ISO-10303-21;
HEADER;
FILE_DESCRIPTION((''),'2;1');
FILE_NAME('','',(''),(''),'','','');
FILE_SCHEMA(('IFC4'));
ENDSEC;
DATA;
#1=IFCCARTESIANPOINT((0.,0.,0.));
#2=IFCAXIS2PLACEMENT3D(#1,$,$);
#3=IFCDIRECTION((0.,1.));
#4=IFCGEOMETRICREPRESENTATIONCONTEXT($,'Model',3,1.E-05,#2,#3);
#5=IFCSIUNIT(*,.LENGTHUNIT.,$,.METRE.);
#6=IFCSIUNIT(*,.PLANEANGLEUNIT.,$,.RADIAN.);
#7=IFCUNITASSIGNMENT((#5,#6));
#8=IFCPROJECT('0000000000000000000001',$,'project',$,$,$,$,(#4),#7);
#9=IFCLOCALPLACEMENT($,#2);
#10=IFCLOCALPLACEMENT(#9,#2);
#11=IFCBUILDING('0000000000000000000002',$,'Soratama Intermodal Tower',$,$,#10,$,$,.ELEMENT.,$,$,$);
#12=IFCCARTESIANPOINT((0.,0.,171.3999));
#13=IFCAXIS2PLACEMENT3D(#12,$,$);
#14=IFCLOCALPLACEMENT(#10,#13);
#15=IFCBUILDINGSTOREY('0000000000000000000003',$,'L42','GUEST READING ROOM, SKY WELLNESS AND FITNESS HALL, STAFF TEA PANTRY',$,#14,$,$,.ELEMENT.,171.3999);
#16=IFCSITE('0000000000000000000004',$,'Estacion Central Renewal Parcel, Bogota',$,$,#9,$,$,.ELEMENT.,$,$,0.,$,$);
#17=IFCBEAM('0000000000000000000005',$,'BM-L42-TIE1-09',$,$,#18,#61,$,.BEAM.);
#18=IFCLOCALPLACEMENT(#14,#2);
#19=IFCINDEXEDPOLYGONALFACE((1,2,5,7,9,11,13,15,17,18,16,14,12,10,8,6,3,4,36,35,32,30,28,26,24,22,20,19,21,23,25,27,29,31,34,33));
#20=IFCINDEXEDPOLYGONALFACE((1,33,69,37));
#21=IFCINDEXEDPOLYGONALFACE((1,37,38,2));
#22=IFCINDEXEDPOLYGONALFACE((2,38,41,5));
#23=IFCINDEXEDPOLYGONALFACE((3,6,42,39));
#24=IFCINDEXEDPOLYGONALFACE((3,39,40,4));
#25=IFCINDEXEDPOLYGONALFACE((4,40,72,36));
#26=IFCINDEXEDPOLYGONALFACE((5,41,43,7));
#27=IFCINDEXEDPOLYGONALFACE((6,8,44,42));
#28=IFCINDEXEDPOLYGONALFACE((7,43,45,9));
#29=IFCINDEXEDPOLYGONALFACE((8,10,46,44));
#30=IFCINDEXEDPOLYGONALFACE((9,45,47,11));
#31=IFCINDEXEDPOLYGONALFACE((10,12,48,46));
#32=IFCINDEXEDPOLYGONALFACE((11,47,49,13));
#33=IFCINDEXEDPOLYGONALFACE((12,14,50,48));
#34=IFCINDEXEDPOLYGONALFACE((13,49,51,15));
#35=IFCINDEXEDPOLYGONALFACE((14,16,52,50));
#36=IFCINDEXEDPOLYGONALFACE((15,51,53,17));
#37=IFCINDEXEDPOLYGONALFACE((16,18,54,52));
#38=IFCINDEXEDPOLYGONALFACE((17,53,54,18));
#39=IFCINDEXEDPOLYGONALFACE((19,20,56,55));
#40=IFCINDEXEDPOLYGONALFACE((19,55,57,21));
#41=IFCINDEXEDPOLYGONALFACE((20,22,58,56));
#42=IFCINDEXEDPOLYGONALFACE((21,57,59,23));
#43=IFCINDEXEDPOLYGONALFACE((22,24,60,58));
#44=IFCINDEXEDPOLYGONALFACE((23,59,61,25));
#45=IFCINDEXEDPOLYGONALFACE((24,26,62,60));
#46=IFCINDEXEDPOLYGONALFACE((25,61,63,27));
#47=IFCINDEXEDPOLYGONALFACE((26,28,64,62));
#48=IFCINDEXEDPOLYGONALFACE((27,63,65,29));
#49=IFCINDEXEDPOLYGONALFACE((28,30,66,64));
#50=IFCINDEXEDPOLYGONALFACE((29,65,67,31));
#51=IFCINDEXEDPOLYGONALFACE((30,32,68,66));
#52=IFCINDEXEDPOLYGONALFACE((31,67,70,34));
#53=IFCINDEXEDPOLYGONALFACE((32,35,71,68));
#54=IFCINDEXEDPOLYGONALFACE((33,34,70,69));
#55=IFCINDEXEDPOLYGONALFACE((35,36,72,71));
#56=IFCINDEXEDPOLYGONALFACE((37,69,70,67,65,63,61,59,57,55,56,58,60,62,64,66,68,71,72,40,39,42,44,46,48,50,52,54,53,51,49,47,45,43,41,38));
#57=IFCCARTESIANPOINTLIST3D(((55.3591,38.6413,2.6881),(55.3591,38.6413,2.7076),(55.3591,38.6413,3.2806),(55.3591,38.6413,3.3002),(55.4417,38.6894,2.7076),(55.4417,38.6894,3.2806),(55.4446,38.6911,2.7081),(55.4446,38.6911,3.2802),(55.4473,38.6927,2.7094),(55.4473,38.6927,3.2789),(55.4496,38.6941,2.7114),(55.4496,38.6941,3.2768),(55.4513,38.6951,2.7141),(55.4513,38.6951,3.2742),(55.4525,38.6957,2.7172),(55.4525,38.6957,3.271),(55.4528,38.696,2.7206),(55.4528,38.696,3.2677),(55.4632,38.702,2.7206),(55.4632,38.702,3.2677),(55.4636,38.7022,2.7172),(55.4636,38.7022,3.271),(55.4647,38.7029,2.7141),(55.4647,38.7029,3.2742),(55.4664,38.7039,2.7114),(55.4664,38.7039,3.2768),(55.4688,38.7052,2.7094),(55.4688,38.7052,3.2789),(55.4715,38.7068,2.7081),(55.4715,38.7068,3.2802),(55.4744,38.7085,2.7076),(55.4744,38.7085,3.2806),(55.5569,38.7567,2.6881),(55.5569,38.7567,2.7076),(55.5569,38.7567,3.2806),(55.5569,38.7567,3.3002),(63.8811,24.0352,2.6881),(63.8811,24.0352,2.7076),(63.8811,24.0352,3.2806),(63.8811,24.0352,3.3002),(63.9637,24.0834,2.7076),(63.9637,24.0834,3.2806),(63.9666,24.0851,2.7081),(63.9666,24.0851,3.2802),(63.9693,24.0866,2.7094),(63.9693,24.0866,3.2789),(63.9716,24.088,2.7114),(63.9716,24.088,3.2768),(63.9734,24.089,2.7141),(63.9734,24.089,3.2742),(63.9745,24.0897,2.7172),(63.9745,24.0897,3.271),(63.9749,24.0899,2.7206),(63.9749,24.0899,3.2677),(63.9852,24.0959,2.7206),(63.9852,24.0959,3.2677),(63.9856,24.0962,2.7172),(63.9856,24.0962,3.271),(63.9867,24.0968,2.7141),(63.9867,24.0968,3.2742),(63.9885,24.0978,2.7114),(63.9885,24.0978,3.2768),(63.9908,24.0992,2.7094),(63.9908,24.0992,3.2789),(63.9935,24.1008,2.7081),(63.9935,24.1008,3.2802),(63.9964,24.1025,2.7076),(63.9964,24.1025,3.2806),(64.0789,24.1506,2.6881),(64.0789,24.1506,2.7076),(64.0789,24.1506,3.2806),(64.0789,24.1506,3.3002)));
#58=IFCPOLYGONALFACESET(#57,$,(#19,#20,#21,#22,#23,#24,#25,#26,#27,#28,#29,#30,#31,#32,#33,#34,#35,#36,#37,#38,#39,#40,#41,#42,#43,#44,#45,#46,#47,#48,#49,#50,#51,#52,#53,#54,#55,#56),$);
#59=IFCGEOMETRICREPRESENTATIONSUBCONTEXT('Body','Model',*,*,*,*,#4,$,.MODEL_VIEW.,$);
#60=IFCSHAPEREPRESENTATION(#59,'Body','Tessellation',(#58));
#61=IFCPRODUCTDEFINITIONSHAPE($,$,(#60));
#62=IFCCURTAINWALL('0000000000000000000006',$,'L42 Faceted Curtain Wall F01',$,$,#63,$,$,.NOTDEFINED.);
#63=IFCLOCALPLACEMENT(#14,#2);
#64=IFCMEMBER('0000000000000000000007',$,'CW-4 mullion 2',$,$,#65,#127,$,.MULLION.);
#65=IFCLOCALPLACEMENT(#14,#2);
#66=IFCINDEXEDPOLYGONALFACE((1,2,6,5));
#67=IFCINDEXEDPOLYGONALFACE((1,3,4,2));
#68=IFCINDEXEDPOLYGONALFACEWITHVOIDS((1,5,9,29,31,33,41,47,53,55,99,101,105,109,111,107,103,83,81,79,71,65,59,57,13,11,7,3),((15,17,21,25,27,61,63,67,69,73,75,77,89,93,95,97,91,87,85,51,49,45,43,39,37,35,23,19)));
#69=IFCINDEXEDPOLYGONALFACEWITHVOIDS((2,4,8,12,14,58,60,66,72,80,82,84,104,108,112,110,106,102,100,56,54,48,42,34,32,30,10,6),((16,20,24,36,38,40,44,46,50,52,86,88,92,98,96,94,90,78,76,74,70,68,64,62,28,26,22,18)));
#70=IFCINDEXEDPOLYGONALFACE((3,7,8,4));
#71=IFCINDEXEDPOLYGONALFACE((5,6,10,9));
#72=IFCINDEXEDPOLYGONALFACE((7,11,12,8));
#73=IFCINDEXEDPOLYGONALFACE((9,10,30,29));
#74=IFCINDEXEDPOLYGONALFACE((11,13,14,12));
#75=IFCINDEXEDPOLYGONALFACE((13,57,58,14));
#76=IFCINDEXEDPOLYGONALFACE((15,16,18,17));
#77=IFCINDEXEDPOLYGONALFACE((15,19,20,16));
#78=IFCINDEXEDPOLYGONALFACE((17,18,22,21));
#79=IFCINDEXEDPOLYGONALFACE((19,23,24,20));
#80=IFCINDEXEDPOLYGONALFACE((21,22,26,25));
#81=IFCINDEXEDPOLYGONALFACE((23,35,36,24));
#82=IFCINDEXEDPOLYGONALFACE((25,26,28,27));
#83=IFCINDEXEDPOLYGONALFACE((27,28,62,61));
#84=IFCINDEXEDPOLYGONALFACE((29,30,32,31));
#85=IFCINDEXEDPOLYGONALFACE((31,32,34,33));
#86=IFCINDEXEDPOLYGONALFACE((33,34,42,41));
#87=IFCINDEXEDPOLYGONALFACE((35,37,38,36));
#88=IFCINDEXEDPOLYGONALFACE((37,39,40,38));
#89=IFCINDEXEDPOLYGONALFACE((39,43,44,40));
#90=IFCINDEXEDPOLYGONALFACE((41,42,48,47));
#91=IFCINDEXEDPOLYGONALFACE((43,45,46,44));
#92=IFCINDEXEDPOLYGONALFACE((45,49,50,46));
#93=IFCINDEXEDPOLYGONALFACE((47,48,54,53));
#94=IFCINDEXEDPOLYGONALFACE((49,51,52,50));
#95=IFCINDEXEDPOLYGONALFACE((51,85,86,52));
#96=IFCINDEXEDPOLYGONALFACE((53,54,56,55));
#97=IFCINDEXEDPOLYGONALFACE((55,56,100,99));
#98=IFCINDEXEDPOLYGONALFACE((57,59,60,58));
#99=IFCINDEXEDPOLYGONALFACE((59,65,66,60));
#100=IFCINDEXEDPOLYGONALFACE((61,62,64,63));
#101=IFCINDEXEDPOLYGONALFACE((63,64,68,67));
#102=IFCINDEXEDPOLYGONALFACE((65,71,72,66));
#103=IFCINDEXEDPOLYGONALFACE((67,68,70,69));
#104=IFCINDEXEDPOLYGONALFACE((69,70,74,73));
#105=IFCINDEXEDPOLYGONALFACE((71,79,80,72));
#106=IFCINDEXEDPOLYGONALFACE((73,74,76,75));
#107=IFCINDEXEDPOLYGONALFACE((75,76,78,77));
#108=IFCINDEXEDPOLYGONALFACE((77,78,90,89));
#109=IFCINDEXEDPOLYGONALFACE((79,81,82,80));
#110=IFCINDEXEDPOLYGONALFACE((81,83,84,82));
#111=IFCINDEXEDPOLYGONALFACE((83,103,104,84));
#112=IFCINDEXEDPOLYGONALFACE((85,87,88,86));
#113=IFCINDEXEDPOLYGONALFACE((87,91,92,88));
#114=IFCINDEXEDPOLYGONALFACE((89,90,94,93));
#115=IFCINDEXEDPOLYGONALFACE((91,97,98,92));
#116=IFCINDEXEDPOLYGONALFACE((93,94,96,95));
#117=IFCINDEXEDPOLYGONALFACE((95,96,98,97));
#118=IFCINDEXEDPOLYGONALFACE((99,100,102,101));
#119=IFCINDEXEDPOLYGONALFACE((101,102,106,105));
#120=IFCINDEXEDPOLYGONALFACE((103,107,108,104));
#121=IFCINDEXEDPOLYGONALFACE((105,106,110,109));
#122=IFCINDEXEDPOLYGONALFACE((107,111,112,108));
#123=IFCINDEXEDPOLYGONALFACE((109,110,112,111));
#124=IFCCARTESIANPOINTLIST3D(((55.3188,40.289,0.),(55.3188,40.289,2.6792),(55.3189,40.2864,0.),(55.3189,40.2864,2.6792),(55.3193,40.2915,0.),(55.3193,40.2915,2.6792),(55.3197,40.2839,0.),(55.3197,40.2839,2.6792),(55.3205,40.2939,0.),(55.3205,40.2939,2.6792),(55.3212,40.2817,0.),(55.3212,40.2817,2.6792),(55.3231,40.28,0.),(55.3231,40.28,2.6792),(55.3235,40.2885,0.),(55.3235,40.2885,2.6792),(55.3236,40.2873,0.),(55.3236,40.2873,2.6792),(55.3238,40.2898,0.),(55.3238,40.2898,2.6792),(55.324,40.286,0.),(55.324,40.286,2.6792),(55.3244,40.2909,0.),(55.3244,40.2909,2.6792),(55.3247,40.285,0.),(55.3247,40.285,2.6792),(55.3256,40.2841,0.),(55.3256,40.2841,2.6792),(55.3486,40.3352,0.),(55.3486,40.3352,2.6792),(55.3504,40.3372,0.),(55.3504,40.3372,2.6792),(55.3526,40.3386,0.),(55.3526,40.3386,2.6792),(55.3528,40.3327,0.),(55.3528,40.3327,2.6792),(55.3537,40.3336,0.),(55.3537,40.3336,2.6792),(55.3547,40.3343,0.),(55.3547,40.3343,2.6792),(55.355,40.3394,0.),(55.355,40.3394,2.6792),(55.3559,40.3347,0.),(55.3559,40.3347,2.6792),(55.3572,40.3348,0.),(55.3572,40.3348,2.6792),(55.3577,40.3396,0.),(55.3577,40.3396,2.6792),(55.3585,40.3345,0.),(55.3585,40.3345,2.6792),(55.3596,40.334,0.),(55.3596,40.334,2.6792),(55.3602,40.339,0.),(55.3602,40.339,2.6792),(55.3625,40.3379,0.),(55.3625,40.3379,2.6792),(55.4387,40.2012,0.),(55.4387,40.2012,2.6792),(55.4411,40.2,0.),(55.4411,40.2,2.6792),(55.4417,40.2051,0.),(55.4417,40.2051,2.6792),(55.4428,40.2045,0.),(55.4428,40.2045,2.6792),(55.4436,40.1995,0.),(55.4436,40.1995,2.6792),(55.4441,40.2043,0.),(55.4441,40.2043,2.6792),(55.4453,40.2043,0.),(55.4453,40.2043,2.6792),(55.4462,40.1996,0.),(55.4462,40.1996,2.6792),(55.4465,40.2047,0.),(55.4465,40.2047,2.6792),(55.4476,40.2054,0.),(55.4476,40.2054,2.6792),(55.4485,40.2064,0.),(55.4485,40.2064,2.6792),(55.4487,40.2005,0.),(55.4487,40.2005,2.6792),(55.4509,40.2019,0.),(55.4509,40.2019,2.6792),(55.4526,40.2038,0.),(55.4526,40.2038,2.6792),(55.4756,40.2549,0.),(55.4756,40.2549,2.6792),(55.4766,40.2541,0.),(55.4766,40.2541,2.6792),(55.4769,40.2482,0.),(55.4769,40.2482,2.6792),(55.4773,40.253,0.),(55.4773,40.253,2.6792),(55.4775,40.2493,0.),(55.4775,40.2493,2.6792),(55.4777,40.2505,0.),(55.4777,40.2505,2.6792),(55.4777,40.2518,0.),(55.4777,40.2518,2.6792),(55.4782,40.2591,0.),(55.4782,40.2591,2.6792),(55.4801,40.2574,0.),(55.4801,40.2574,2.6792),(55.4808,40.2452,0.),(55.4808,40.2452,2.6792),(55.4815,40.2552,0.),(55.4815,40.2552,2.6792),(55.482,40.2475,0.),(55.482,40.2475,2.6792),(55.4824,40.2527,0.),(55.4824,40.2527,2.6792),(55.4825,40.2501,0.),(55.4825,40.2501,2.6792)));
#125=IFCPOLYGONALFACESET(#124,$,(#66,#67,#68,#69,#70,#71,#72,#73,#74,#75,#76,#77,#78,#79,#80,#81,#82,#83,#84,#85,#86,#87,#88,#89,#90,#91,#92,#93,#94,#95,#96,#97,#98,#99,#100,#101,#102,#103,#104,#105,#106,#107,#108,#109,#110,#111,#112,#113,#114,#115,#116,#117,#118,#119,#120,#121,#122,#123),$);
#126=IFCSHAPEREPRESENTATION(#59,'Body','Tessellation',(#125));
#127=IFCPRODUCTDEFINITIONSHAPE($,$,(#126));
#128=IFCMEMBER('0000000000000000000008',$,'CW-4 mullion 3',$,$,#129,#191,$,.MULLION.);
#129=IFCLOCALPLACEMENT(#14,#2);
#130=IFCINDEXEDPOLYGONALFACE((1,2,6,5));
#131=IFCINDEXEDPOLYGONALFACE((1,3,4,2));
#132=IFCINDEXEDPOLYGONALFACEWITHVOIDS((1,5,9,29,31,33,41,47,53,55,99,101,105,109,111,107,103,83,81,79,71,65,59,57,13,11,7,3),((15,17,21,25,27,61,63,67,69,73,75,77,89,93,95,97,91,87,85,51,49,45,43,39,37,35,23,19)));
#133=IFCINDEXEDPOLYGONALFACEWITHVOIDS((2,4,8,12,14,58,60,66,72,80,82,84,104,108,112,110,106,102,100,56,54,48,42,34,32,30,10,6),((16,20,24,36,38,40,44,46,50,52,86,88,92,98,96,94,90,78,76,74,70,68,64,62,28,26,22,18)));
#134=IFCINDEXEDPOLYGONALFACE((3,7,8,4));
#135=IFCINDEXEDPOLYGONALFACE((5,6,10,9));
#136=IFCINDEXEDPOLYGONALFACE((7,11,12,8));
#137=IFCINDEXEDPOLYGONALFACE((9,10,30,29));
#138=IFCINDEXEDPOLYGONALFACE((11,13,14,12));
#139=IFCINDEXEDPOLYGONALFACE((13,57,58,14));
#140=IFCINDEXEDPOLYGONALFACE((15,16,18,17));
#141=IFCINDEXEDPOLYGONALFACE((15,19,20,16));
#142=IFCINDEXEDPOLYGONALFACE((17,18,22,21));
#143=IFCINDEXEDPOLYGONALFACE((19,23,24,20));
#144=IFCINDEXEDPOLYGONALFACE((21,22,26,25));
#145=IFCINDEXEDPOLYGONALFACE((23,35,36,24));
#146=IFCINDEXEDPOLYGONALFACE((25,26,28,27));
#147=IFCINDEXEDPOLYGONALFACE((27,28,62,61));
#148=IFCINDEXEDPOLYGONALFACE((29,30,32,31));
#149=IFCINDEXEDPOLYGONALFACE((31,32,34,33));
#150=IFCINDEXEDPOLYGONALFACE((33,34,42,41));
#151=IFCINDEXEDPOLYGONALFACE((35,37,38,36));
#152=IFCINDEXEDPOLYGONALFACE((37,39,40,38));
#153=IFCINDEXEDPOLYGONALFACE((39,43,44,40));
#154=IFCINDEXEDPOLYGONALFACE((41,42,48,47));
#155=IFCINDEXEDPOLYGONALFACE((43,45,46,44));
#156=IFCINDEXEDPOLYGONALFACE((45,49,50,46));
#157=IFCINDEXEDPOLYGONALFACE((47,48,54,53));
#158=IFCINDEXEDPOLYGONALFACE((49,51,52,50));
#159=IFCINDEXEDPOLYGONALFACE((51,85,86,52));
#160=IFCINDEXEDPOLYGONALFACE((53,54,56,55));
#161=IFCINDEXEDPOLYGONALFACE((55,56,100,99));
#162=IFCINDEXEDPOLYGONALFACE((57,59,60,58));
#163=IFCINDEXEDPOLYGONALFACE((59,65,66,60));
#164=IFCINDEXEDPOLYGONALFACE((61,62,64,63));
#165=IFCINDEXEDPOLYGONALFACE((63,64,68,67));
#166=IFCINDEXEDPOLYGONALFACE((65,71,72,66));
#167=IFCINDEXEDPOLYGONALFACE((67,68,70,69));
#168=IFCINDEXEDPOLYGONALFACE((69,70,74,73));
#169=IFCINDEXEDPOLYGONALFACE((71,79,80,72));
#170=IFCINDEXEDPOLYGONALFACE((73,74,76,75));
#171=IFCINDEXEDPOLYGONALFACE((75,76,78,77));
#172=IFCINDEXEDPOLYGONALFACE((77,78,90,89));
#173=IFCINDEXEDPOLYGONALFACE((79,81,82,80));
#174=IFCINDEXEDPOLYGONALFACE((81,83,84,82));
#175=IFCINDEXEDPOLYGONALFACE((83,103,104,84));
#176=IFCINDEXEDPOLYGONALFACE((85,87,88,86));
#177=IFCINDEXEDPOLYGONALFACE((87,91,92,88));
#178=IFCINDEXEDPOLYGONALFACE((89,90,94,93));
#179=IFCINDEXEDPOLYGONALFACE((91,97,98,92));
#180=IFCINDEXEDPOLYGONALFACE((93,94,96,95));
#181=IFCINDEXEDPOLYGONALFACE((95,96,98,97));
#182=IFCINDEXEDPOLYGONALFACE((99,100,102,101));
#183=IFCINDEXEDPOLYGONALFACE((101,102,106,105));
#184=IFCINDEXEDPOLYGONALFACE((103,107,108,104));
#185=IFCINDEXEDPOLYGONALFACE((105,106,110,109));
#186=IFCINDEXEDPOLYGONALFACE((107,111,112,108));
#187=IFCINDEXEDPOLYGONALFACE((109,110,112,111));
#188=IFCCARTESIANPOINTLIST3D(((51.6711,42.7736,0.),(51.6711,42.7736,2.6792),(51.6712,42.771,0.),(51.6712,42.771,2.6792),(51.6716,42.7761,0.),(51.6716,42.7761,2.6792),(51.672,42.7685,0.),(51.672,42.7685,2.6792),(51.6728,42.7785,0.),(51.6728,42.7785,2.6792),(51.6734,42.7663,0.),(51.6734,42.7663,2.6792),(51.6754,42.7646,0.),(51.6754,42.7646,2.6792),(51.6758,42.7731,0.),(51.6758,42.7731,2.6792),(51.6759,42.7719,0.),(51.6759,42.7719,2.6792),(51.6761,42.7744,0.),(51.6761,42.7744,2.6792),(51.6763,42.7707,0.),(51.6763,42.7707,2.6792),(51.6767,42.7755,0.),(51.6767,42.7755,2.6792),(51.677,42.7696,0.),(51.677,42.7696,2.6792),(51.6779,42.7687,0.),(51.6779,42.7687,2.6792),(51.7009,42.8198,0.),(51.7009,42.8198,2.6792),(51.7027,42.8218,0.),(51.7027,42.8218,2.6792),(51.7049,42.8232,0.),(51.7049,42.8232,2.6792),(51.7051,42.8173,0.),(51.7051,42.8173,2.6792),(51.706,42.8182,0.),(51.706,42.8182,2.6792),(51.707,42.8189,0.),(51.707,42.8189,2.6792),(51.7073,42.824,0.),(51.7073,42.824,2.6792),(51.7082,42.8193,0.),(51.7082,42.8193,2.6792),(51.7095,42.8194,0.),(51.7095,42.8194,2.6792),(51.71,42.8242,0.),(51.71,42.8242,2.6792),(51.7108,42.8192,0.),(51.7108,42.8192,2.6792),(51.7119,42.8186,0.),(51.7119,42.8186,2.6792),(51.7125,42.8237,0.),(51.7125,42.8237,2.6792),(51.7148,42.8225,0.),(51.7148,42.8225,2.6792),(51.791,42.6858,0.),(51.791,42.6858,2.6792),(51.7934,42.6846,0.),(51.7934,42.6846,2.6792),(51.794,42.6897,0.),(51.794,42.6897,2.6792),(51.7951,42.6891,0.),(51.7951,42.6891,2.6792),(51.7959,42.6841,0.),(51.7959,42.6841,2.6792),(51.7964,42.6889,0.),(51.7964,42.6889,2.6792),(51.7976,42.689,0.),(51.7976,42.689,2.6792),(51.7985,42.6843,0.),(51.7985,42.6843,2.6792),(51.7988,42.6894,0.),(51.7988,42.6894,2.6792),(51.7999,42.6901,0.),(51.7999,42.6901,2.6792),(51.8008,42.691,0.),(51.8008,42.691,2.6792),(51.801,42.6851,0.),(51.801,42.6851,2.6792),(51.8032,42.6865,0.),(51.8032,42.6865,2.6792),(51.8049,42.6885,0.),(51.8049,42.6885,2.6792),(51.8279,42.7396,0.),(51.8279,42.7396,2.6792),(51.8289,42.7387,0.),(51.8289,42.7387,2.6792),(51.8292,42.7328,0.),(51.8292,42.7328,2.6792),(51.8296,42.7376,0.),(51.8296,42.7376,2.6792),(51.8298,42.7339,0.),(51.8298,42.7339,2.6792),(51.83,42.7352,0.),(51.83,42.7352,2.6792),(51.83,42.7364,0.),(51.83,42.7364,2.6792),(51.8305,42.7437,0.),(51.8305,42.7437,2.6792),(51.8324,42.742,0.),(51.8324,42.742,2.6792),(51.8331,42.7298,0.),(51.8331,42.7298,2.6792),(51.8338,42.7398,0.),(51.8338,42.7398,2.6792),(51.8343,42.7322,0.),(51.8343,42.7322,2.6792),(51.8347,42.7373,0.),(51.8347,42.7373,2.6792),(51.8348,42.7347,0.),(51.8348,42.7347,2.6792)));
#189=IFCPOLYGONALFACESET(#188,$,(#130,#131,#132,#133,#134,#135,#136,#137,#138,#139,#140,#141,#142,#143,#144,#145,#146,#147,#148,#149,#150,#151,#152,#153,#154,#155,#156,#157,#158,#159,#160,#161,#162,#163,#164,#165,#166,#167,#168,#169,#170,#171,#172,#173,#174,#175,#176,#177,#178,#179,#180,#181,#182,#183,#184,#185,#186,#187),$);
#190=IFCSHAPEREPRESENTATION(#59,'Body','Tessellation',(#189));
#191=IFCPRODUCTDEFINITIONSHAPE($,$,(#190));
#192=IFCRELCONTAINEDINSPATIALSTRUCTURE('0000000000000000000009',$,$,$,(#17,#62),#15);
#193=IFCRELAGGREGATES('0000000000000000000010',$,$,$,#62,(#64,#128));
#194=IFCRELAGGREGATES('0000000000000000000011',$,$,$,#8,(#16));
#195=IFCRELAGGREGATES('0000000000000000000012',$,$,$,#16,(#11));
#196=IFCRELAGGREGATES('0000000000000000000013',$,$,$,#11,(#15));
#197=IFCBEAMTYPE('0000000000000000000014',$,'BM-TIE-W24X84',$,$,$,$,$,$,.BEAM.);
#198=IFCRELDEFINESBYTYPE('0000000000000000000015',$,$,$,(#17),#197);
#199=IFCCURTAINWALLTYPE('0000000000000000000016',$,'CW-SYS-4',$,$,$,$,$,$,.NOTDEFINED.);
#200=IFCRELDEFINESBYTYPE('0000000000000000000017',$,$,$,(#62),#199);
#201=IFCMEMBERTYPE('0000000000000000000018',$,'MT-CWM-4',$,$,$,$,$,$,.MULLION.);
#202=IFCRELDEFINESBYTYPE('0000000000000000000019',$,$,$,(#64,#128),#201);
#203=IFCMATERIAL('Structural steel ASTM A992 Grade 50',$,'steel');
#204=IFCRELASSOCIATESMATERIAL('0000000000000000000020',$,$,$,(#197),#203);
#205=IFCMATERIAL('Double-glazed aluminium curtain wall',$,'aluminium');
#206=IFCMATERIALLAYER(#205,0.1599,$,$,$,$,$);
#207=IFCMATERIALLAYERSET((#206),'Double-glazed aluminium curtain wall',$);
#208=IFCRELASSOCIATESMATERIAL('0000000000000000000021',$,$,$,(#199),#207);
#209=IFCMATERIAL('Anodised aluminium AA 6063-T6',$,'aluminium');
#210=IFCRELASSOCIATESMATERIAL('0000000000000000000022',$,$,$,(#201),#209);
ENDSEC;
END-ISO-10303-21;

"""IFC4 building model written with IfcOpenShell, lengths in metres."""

from ifc_helpers import new_model, si_unit, direction, frame, origin, origin_2d, place, context, subcontext, project, spatial, hollow_rectangle, i_section, extrude, material, layer, layer_set, material_profile, profile_set, type_object, element, aggregate, save


model = new_model("IFC4")

# Units and contexts
model_context = context("Model", 3, precision=1e-05, world=origin(), true_north=direction((0.0, 1.0)))
body_context = subcontext(model_context, "Body", "Model", "MODEL_VIEW")
ifc_project = project(units=[si_unit("LENGTHUNIT", "METRE"), si_unit("PLANEANGLEUNIT", "RADIAN")], contexts=[model_context])

# Site, building, storey
site_placement = place(None, origin())
site = spatial("IfcSite", under=ifc_project, at=site_placement, Name="Estacion Central Renewal Parcel, Bogota", CompositionType="ELEMENT", RefElevation=0.0)
building_placement = place(site_placement, origin())
building = spatial("IfcBuilding", under=site, at=building_placement, Name="Soratama Intermodal Tower", CompositionType="ELEMENT")
storey_placement = place(building_placement, frame((0.0, 0.0, 171.3999)))
storey = spatial("IfcBuildingStorey", under=building, at=storey_placement, Name="L42", Description="GUEST READING ROOM, SKY WELLNESS AND FITNESS HALL, STAFF TEA PANTRY", CompositionType="ELEMENT", Elevation=171.3999)

# Beam
ifc_material_1 = material(Name="Structural steel ASTM A992 Grade 50", Category="steel")
ifc_material_profile_1 = material_profile(ifc_material_1, i_section(OverallWidth=0.229, OverallDepth=0.6121, WebThickness=0.012, FlangeThickness=0.0195, FilletRadius=0.0129, at=origin_2d()), Name="W24X84")
ifc_profile_set_1 = profile_set([ifc_material_profile_1], Name="Structural steel ASTM A992 Grade 50")
beam_type_1 = type_object("IfcBeamType", Name="BM-TIE-W24X84", PredefinedType="BEAM", material=ifc_profile_set_1)
beam_1_placement = place(storey_placement, frame((55.458, 38.699, 2.9941), z_axis=(0.503952, -0.863732, 0.0), x_axis=(0.863732, 0.503952, 0.0)))
element("IfcBeam", 1, at=beam_1_placement, inside=storey, type_object=beam_type_1, Name="BM-L42-TIE1-09", PredefinedType="BEAM", context=body_context, shape_type="SweptSolid", body=[
    extrude(i_section(OverallWidth=0.229, OverallDepth=0.6121, WebThickness=0.012, FlangeThickness=0.0195, FilletRadius=0.0129, at=origin_2d()), origin(), (0.0, 0.0, 1.0), 16.9104),
])

# Curtain wall, members
ifc_material_2 = material(Name="Double-glazed aluminium curtain wall", Category="aluminium")
ifc_layer_1 = layer(ifc_material_2, 0.1599)
ifc_layer_set_1 = layer_set([ifc_layer_1], Name="Double-glazed aluminium curtain wall")
curtain_wall_type = type_object("IfcCurtainWallType", Name="CW-SYS-4", PredefinedType="NOTDEFINED", material=ifc_layer_set_1)
curtain_wall_1_placement = place(storey_placement, origin())
curtain_wall_1 = element("IfcCurtainWall", 2, at=curtain_wall_1_placement, inside=storey, type_object=curtain_wall_type, Name="L42 Faceted Curtain Wall F01", PredefinedType="NOTDEFINED")
ifc_material_3 = material(Name="Anodised aluminium AA 6063-T6", Category="aluminium")
ifc_material_profile_2 = material_profile(ifc_material_3, hollow_rectangle(XDim=0.0701, YDim=0.1599, WallThickness=0.0049, InnerFilletRadius=0.0049, OuterFilletRadius=0.01, at=origin_2d()), Name="CWM160X70X5")
ifc_profile_set_2 = profile_set([ifc_material_profile_2], Name="Anodised aluminium AA 6063-T6")
member_type_1 = type_object("IfcMemberType", Name="MT-CWM-4", PredefinedType="MULLION", material=ifc_profile_set_2)
member_1_placement = place(storey_placement, frame((55.4006, 40.2695, 0.0), z_axis=(0.0, 0.0, 1.0), x_axis=(-0.562951, -0.82649, 0.0)))
member_1 = element("IfcMember", 3, at=member_1_placement, type_object=member_type_1, Name="CW-4 mullion 2", PredefinedType="MULLION", context=body_context, shape_type="SweptSolid", body=[
    extrude(hollow_rectangle(XDim=0.0701, YDim=0.1599, WallThickness=0.0049, InnerFilletRadius=0.0049, OuterFilletRadius=0.01, at=origin_2d()), origin(), (0.0, 0.0, 1.0), 2.6792),
])
member_2_placement = place(storey_placement, frame((51.7529, 42.7542, 0.0), z_axis=(0.0, 0.0, 1.0), x_axis=(-0.562951, -0.82649, 0.0)))
member_2 = element("IfcMember", 4, at=member_2_placement, type_object=member_type_1, Name="CW-4 mullion 3", PredefinedType="MULLION", context=body_context, shape_type="SweptSolid", body=[
    extrude(hollow_rectangle(XDim=0.0701, YDim=0.1599, WallThickness=0.0049, InnerFilletRadius=0.0049, OuterFilletRadius=0.01, at=origin_2d()), origin(), (0.0, 0.0, 1.0), 2.6792),
])

aggregate(curtain_wall_1, [member_1, member_2])

save(model, "model.ifc")
